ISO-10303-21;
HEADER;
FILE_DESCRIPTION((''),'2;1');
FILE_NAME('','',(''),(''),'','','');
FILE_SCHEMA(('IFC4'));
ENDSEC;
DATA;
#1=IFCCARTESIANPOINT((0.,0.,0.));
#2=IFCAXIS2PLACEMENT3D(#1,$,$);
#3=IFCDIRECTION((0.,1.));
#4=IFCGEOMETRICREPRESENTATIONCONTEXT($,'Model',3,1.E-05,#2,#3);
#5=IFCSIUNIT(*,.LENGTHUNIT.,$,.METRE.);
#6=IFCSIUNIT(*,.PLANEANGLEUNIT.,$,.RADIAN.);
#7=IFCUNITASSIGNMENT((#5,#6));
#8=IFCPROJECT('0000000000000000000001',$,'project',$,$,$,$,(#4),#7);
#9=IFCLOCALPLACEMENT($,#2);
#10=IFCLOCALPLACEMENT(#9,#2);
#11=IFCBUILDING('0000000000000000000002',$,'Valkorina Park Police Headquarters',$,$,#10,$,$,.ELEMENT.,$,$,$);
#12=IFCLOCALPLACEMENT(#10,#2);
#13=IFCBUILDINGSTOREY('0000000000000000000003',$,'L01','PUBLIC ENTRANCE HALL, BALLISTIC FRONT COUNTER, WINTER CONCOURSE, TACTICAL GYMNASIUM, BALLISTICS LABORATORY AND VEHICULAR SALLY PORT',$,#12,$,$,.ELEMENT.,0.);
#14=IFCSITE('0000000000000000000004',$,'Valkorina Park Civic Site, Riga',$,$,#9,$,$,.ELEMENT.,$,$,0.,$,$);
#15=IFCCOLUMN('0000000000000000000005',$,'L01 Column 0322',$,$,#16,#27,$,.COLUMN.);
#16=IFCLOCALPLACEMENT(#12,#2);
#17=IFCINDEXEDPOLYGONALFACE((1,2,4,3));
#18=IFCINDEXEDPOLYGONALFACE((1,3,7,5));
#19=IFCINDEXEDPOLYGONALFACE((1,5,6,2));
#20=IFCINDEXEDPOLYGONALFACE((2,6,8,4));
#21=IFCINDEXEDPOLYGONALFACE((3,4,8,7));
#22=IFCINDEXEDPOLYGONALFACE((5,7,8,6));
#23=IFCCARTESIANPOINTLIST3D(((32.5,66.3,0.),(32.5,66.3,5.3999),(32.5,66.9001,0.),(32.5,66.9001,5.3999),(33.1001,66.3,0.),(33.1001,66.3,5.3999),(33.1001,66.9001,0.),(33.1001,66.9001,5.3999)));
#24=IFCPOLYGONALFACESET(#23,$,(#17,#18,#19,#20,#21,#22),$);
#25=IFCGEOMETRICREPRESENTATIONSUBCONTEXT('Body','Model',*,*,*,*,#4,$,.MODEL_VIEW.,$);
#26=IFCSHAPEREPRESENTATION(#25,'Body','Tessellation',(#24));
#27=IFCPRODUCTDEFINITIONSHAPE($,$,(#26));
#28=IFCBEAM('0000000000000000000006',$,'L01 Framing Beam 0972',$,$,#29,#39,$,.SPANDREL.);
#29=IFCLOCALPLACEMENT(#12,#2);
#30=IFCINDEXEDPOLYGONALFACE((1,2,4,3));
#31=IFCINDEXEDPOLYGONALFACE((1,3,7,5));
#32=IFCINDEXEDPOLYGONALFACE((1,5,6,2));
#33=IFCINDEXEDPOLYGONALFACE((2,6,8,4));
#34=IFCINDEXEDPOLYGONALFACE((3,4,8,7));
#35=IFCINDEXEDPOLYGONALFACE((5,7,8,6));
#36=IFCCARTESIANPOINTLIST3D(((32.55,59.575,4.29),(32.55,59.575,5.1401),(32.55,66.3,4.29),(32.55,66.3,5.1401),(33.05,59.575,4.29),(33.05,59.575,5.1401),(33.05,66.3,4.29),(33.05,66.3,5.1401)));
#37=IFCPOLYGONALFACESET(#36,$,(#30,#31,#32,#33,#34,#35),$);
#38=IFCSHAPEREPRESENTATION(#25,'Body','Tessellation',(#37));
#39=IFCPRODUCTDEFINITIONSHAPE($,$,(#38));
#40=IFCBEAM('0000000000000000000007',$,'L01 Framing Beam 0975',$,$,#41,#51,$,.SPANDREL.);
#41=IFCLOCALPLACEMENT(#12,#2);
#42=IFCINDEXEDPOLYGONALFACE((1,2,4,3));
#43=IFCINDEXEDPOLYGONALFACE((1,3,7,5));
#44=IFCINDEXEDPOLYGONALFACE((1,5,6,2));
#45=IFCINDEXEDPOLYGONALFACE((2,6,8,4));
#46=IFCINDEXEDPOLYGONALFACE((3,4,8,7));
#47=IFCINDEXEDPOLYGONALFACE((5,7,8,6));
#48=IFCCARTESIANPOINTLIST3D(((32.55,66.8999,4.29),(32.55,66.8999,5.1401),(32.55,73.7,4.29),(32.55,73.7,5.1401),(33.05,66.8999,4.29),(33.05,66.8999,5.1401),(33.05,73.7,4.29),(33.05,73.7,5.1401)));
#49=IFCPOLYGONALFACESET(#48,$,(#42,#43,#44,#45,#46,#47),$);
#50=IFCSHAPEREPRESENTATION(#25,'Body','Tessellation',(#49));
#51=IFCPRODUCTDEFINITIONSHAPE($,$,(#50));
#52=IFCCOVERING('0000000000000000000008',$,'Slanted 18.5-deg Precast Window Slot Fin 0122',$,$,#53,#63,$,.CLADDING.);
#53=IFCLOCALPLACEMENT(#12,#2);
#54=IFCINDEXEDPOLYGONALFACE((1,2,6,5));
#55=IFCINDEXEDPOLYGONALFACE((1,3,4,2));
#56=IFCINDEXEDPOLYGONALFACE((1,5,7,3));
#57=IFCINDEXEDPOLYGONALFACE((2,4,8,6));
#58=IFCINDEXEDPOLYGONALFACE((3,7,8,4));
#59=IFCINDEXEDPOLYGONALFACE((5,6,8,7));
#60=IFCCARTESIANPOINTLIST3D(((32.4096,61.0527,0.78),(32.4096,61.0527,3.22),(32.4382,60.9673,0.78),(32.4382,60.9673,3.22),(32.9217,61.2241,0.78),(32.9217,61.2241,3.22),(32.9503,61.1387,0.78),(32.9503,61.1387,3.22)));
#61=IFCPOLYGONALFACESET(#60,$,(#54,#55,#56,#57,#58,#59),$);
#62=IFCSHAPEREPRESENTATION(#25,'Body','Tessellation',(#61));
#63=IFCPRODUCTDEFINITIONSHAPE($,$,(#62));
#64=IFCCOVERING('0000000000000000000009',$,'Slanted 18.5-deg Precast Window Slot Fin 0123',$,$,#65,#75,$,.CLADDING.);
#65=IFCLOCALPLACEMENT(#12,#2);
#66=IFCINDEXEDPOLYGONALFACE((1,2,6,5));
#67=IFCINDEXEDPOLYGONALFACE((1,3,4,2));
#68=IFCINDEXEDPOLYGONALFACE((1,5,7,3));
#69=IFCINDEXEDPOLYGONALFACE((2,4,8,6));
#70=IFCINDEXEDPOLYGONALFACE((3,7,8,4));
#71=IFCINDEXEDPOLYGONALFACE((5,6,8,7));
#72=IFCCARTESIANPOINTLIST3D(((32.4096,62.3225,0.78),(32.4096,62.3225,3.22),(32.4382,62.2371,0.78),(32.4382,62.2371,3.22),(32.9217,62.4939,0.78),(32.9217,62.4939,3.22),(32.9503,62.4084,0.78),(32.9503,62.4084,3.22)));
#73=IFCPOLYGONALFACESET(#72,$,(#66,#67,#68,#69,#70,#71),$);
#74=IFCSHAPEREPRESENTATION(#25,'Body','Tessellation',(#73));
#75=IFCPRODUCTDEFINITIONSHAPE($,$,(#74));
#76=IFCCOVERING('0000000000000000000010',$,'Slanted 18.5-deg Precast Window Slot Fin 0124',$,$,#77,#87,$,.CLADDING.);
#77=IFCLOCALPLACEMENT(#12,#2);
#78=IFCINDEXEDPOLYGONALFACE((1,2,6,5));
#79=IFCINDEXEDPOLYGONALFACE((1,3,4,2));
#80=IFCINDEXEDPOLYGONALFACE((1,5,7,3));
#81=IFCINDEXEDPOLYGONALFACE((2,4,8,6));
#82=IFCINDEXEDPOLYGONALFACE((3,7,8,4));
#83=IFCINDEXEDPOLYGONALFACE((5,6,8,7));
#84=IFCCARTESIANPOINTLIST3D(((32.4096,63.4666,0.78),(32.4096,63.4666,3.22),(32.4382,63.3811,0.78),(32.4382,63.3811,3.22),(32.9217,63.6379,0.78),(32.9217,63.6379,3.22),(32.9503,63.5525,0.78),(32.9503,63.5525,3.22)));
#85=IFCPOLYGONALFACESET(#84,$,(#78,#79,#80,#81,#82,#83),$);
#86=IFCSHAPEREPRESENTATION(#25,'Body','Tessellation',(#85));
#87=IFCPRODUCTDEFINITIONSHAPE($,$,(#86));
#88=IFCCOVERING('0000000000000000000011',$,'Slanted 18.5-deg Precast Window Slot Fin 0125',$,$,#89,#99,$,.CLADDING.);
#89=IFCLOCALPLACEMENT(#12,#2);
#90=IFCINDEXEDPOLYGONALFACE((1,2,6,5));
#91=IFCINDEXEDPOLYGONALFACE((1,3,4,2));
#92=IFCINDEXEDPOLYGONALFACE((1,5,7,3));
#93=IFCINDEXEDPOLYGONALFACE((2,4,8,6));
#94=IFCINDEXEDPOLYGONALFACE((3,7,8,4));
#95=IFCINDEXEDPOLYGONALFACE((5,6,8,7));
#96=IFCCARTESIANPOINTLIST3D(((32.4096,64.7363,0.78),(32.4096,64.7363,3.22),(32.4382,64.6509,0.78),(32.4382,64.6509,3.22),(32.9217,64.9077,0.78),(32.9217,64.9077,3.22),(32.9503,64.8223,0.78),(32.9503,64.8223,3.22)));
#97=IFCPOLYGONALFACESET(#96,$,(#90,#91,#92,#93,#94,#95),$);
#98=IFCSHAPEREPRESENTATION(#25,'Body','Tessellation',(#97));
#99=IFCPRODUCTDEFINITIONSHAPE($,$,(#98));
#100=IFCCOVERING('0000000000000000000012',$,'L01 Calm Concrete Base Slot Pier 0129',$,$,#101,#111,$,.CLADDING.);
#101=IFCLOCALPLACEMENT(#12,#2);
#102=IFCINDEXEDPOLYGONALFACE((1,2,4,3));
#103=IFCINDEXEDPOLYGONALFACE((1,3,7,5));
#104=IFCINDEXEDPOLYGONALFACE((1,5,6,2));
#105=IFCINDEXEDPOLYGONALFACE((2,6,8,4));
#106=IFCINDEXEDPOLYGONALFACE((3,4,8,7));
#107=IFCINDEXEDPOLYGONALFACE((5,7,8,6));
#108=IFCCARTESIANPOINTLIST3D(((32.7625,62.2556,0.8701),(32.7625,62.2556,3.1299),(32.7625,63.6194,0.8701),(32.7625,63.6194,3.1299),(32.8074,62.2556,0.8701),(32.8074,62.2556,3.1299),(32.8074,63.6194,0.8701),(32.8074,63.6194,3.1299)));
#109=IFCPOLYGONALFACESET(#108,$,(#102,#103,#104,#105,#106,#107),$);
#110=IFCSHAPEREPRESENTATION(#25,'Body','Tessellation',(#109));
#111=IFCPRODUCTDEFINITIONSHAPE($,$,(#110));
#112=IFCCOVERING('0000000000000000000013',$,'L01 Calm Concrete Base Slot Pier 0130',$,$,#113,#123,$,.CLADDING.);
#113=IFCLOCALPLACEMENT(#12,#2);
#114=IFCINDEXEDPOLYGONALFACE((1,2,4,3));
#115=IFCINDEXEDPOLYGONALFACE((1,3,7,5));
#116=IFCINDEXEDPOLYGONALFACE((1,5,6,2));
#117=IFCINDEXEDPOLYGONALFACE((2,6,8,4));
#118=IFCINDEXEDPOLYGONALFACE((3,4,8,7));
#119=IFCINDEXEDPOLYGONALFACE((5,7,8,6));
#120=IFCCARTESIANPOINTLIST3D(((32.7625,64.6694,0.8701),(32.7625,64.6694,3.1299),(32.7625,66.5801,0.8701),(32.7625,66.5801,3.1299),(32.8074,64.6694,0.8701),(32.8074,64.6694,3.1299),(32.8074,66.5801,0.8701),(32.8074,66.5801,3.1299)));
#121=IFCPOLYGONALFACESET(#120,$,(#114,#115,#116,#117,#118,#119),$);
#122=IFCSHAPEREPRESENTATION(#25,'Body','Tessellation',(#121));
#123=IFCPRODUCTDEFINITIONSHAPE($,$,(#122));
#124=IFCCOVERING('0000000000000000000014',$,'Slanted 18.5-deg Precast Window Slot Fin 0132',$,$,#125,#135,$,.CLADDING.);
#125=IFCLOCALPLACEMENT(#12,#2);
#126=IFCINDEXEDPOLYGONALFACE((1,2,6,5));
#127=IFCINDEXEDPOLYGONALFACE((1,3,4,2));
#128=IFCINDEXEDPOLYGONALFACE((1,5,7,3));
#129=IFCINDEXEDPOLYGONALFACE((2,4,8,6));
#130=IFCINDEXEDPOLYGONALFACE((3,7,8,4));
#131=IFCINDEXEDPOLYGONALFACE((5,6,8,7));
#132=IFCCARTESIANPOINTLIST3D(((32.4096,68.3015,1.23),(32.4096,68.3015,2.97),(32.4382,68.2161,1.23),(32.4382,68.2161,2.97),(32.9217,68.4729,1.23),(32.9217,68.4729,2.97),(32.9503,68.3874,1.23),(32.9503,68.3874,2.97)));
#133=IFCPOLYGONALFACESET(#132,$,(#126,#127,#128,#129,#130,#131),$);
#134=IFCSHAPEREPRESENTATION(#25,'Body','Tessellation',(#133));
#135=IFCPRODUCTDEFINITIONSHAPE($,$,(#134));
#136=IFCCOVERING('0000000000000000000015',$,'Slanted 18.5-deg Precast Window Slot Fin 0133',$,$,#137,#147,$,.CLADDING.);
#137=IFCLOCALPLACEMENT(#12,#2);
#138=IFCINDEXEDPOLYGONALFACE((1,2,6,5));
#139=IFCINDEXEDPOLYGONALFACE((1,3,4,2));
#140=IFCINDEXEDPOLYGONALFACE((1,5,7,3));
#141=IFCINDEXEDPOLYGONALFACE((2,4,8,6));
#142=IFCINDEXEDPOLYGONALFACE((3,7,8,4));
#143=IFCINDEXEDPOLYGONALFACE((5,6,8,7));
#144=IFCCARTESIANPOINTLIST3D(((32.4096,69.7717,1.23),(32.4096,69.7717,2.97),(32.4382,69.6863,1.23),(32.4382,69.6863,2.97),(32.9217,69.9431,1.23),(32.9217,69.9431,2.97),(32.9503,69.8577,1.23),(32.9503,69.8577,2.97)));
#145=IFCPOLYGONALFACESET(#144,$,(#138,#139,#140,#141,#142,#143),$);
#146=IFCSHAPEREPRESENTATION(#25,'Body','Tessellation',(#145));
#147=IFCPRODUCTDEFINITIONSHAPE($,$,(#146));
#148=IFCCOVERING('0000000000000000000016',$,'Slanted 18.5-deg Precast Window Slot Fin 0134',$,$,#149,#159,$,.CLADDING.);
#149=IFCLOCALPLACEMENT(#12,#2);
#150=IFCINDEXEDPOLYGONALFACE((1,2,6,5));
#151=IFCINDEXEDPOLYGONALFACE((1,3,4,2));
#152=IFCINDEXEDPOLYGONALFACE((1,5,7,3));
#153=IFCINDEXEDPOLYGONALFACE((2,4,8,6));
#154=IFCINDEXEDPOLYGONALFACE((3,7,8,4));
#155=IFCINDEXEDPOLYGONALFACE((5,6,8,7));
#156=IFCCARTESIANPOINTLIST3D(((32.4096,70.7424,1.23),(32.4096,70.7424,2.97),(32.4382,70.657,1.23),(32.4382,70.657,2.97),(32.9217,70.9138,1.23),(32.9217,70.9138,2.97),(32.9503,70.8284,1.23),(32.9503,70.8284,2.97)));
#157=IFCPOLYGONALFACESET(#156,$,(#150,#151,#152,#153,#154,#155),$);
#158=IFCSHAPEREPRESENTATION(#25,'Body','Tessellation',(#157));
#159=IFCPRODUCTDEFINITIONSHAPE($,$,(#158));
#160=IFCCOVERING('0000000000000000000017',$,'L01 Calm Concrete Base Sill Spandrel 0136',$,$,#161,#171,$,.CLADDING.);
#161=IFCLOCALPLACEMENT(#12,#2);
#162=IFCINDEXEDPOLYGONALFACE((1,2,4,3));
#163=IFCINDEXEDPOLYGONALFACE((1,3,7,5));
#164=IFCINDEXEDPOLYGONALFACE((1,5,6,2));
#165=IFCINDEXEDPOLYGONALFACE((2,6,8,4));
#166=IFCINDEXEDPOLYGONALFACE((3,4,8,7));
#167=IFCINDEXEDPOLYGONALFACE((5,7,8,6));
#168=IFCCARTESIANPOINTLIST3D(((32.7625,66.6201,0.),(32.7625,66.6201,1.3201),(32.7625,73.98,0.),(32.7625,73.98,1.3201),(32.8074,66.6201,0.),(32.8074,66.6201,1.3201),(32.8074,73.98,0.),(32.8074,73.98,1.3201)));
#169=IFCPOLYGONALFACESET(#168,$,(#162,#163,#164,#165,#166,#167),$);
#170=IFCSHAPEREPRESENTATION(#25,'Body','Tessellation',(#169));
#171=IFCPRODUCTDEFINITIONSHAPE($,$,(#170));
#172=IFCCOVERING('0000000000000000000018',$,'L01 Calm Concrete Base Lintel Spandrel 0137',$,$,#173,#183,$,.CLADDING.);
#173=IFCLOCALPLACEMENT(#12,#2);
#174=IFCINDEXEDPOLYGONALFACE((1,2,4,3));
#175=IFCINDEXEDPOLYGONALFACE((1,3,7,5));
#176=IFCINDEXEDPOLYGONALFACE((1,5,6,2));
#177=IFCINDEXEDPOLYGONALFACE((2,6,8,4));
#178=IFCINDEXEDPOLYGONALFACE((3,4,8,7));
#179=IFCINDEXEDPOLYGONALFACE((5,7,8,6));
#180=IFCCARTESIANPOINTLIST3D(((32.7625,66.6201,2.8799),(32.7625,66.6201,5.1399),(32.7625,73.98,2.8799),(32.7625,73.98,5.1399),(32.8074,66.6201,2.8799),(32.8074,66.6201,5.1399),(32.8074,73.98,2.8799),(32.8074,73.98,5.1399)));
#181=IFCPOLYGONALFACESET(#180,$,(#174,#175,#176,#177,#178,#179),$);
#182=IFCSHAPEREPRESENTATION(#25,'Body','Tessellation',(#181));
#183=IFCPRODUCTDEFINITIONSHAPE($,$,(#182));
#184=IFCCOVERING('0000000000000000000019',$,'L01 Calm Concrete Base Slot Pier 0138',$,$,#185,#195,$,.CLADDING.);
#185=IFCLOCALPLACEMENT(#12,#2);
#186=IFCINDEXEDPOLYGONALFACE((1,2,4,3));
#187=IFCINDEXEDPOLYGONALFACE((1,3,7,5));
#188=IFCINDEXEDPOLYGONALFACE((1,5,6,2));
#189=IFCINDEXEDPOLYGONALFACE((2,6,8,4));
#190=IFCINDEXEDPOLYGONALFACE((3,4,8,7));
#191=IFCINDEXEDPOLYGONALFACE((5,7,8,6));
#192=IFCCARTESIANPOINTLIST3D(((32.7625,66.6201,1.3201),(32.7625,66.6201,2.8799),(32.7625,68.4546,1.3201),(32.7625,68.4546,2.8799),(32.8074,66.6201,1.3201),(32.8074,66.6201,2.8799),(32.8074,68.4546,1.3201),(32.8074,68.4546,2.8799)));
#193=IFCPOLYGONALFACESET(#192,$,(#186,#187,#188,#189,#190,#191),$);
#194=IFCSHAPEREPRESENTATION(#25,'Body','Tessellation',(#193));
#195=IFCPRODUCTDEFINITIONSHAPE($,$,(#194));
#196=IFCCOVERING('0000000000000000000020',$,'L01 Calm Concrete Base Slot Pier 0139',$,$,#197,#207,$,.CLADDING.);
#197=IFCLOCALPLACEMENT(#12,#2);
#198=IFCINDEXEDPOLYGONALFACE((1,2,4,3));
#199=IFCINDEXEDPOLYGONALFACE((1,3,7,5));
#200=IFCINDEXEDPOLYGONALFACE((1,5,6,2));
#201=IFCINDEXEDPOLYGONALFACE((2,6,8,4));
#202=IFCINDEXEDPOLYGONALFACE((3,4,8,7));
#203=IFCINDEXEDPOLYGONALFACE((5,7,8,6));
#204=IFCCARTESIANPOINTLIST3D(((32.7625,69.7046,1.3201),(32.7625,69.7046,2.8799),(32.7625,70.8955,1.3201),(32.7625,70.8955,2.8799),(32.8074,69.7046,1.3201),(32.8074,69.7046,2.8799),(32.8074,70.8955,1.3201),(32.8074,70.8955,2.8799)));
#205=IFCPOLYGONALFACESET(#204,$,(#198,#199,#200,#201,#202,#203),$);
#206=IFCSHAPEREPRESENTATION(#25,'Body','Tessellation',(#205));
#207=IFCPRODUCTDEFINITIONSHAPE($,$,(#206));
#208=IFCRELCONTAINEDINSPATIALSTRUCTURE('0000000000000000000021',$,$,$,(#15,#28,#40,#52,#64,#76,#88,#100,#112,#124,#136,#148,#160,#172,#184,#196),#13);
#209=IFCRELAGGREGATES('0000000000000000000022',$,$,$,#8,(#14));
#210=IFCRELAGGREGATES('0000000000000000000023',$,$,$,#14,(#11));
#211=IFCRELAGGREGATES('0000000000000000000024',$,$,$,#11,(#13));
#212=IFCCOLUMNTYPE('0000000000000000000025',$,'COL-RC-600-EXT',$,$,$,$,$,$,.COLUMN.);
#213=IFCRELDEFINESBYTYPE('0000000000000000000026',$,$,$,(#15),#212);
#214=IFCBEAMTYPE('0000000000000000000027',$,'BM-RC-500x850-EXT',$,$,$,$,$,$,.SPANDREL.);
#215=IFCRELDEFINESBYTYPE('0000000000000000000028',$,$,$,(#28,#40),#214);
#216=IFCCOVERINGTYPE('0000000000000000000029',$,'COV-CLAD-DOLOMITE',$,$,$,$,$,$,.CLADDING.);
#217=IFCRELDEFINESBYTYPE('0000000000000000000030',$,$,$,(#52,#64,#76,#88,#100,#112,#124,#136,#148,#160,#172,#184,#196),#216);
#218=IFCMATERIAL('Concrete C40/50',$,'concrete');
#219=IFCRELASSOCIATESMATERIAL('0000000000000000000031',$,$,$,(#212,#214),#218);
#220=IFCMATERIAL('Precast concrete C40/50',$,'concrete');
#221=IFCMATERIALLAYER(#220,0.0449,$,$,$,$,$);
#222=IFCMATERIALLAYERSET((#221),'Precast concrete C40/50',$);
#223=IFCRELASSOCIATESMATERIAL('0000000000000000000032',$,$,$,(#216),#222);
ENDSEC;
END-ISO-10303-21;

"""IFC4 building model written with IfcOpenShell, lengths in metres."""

from ifc_helpers import new_model, si_unit, direction, frame, frame_2d, origin, origin_2d, place, context, subcontext, project, spatial, rectangle, extrude, material, layer, layer_set, material_profile, profile_set, type_object, element, save


model = new_model("IFC4")

# Units and contexts
model_context = context("Model", 3, precision=1e-05, world=origin(), true_north=direction((0.0, 1.0)))
body_context = subcontext(model_context, "Body", "Model", "MODEL_VIEW")
ifc_project = project(units=[si_unit("LENGTHUNIT", "METRE"), si_unit("PLANEANGLEUNIT", "RADIAN")], contexts=[model_context])

# Site, building, storey
site_placement = place(None, origin())
site = spatial("IfcSite", under=ifc_project, at=site_placement, Name="Valkorina Park Civic Site, Riga", CompositionType="ELEMENT", RefElevation=0.0)
building_placement = place(site_placement, origin())
building = spatial("IfcBuilding", under=site, at=building_placement, Name="Valkorina Park Police Headquarters", CompositionType="ELEMENT")
storey_placement = place(building_placement, origin())
storey = spatial("IfcBuildingStorey", under=building, at=storey_placement, Name="L01", Description="PUBLIC ENTRANCE HALL, BALLISTIC FRONT COUNTER, WINTER CONCOURSE, TACTICAL GYMNASIUM, BALLISTICS LABORATORY AND VEHICULAR SALLY PORT", CompositionType="ELEMENT", Elevation=0.0)

# Column
ifc_material_1 = material(Name="Concrete C40/50", Category="concrete")
ifc_material_profile_1 = material_profile(ifc_material_1, rectangle(XDim=0.6001, YDim=0.6001, at=origin_2d()), Name="RC COL 600x600")
ifc_profile_set_1 = profile_set([ifc_material_profile_1], Name="Concrete C40/50")
column_type = type_object("IfcColumnType", Name="COL-RC-600-EXT", PredefinedType="COLUMN", material=ifc_profile_set_1)
column_placement = place(storey_placement, frame((32.8, 66.6001, 0.0), z_axis=(0.0, 0.0, 1.0), x_axis=(1.0, 0.0, 0.0)))
element("IfcColumn", 1, at=column_placement, inside=storey, type_object=column_type, Name="L01 Column 0322", PredefinedType="COLUMN", context=body_context, shape_type="SweptSolid", body=[
    extrude(rectangle(XDim=0.6001, YDim=0.6001, at=origin_2d()), origin(), (0.0, 0.0, 1.0), 5.3999),
])

# Beams
ifc_material_profile_2 = material_profile(ifc_material_1, rectangle(XDim=0.5, YDim=0.8501, at=origin_2d()), Name="RC BEAM 500x850")
ifc_profile_set_2 = profile_set([ifc_material_profile_2], Name="Concrete C40/50")
beam_type = type_object("IfcBeamType", Name="BM-RC-500x850-EXT", PredefinedType="SPANDREL", material=ifc_profile_set_2)
beam_1_placement = place(storey_placement, frame((32.8, 59.575, 4.7151), z_axis=(0.0, 1.0, 0.0), x_axis=(-1.0, 0.0, 0.0)))
element("IfcBeam", 2, at=beam_1_placement, inside=storey, type_object=beam_type, Name="L01 Framing Beam 0972", PredefinedType="SPANDREL", context=body_context, shape_type="SweptSolid", body=[
    extrude(rectangle(XDim=0.5, YDim=0.8501, at=origin_2d()), origin(), (0.0, 0.0, 1.0), 6.7251),
])
beam_2_placement = place(storey_placement, frame((32.8, 66.8999, 4.7151), z_axis=(0.0, 1.0, 0.0), x_axis=(-1.0, 0.0, 0.0)))
element("IfcBeam", 3, at=beam_2_placement, inside=storey, type_object=beam_type, Name="L01 Framing Beam 0975", PredefinedType="SPANDREL", context=body_context, shape_type="SweptSolid", body=[
    extrude(rectangle(XDim=0.5, YDim=0.8501, at=origin_2d()), origin(), (0.0, 0.0, 1.0), 6.8),
])

# Coverings
ifc_material_2 = material(Name="Precast concrete C40/50", Category="concrete")
ifc_layer = layer(ifc_material_2, 0.0449)
ifc_layer_set = layer_set([ifc_layer], Name="Precast concrete C40/50")
covering_type = type_object("IfcCoveringType", Name="COV-CLAD-DOLOMITE", PredefinedType="CLADDING", material=ifc_layer_set)
for number, where, z_axis, x_axis, name in (
    (4, (32.6799, 61.0957, 0.78), (0.0, 0.0, 1.0), (-0.948324, -0.317305, 0.0), "Slanted 18.5-deg Precast Window Slot Fin 0122"),
    (5, (32.6799, 62.3655, 0.78), (0.0, 0.0, 1.0), (-0.948324, -0.317305, 0.0), "Slanted 18.5-deg Precast Window Slot Fin 0123"),
    (6, (32.6799, 63.5095, 0.78), (0.0, 0.0, 1.0), (-0.948324, -0.317305, 0.0), "Slanted 18.5-deg Precast Window Slot Fin 0124"),
    (7, (32.6799, 64.7793, 0.78), (0.0, 0.0, 1.0), (-0.948324, -0.317305, 0.0), "Slanted 18.5-deg Precast Window Slot Fin 0125"),
):
    element("IfcCovering", number, at=place(storey_placement, frame(where, z_axis=z_axis, x_axis=x_axis)), inside=storey, type_object=covering_type, Name=name, PredefinedType="CLADDING", context=body_context, shape_type="SweptSolid", body=[
        extrude(rectangle(XDim=0.54, YDim=0.0901, at=origin_2d()), origin(), (0.0, 0.0, 1.0), 2.4399),
    ])
covering_1_placement = place(storey_placement, frame((32.7849, 62.2556, 0.8701), z_axis=(0.0, 0.0, 1.0), x_axis=(0.0, 1.0, 0.0)))
element("IfcCovering", 8, at=covering_1_placement, inside=storey, type_object=covering_type, Name="L01 Calm Concrete Base Slot Pier 0129", PredefinedType="CLADDING", context=body_context, shape_type="SweptSolid", body=[
    extrude(rectangle(XDim=1.3638, YDim=0.0449, at=frame_2d((0.6819, 0.0))), origin(), (0.0, 0.0, 1.0), 2.2598),
])
covering_2_placement = place(storey_placement, frame((32.7849, 64.6694, 0.8701), z_axis=(0.0, 0.0, 1.0), x_axis=(0.0, 1.0, 0.0)))
element("IfcCovering", 9, at=covering_2_placement, inside=storey, type_object=covering_type, Name="L01 Calm Concrete Base Slot Pier 0130", PredefinedType="CLADDING", context=body_context, shape_type="SweptSolid", body=[
    extrude(rectangle(XDim=1.9106, YDim=0.0449, at=frame_2d((0.9553, 0.0))), origin(), (0.0, 0.0, 1.0), 2.2598),
])
for number, where, z_axis, x_axis, name in (
    (10, (32.6799, 68.3445, 1.23), (0.0, 0.0, 1.0), (-0.948324, -0.317305, 0.0), "Slanted 18.5-deg Precast Window Slot Fin 0132"),
    (11, (32.6799, 69.8147, 1.23), (0.0, 0.0, 1.0), (-0.948324, -0.317305, 0.0), "Slanted 18.5-deg Precast Window Slot Fin 0133"),
    (12, (32.6799, 70.7854, 1.23), (0.0, 0.0, 1.0), (-0.948324, -0.317305, 0.0), "Slanted 18.5-deg Precast Window Slot Fin 0134"),
):
    element("IfcCovering", number, at=place(storey_placement, frame(where, z_axis=z_axis, x_axis=x_axis)), inside=storey, type_object=covering_type, Name=name, PredefinedType="CLADDING", context=body_context, shape_type="SweptSolid", body=[
        extrude(rectangle(XDim=0.54, YDim=0.0901, at=origin_2d()), origin(), (0.0, 0.0, 1.0), 1.74),
    ])
covering_3_placement = place(storey_placement, frame((32.7849, 66.6201, 0.0), z_axis=(0.0, 0.0, 1.0), x_axis=(0.0, 1.0, 0.0)))
element("IfcCovering", 13, at=covering_3_placement, inside=storey, type_object=covering_type, Name="L01 Calm Concrete Base Sill Spandrel 0136", PredefinedType="CLADDING", context=body_context, shape_type="SweptSolid", body=[
    extrude(rectangle(XDim=7.3599, YDim=0.0449, at=frame_2d((3.6799, 0.0))), origin(), (0.0, 0.0, 1.0), 1.3201),
])
covering_4_placement = place(storey_placement, frame((32.7849, 66.6201, 2.8799), z_axis=(0.0, 0.0, 1.0), x_axis=(0.0, 1.0, 0.0)))
element("IfcCovering", 14, at=covering_4_placement, inside=storey, type_object=covering_type, Name="L01 Calm Concrete Base Lintel Spandrel 0137", PredefinedType="CLADDING", context=body_context, shape_type="SweptSolid", body=[
    extrude(rectangle(XDim=7.3599, YDim=0.0449, at=frame_2d((3.6799, 0.0))), origin(), (0.0, 0.0, 1.0), 2.26),
])
covering_5_placement = place(storey_placement, frame((32.7849, 66.6201, 1.3201), z_axis=(0.0, 0.0, 1.0), x_axis=(0.0, 1.0, 0.0)))
element("IfcCovering", 15, at=covering_5_placement, inside=storey, type_object=covering_type, Name="L01 Calm Concrete Base Slot Pier 0138", PredefinedType="CLADDING", context=body_context, shape_type="SweptSolid", body=[
    extrude(rectangle(XDim=1.8345, YDim=0.0449, at=frame_2d((0.9172, 0.0))), origin(), (0.0, 0.0, 1.0), 1.5598),
])
covering_6_placement = place(storey_placement, frame((32.7849, 69.7046, 1.3201), z_axis=(0.0, 0.0, 1.0), x_axis=(0.0, 1.0, 0.0)))
element("IfcCovering", 16, at=covering_6_placement, inside=storey, type_object=covering_type, Name="L01 Calm Concrete Base Slot Pier 0139", PredefinedType="CLADDING", context=body_context, shape_type="SweptSolid", body=[
    extrude(rectangle(XDim=1.1909, YDim=0.0449, at=frame_2d((0.5955, 0.0))), origin(), (0.0, 0.0, 1.0), 1.5598),
])

save(model, "model.ifc")
